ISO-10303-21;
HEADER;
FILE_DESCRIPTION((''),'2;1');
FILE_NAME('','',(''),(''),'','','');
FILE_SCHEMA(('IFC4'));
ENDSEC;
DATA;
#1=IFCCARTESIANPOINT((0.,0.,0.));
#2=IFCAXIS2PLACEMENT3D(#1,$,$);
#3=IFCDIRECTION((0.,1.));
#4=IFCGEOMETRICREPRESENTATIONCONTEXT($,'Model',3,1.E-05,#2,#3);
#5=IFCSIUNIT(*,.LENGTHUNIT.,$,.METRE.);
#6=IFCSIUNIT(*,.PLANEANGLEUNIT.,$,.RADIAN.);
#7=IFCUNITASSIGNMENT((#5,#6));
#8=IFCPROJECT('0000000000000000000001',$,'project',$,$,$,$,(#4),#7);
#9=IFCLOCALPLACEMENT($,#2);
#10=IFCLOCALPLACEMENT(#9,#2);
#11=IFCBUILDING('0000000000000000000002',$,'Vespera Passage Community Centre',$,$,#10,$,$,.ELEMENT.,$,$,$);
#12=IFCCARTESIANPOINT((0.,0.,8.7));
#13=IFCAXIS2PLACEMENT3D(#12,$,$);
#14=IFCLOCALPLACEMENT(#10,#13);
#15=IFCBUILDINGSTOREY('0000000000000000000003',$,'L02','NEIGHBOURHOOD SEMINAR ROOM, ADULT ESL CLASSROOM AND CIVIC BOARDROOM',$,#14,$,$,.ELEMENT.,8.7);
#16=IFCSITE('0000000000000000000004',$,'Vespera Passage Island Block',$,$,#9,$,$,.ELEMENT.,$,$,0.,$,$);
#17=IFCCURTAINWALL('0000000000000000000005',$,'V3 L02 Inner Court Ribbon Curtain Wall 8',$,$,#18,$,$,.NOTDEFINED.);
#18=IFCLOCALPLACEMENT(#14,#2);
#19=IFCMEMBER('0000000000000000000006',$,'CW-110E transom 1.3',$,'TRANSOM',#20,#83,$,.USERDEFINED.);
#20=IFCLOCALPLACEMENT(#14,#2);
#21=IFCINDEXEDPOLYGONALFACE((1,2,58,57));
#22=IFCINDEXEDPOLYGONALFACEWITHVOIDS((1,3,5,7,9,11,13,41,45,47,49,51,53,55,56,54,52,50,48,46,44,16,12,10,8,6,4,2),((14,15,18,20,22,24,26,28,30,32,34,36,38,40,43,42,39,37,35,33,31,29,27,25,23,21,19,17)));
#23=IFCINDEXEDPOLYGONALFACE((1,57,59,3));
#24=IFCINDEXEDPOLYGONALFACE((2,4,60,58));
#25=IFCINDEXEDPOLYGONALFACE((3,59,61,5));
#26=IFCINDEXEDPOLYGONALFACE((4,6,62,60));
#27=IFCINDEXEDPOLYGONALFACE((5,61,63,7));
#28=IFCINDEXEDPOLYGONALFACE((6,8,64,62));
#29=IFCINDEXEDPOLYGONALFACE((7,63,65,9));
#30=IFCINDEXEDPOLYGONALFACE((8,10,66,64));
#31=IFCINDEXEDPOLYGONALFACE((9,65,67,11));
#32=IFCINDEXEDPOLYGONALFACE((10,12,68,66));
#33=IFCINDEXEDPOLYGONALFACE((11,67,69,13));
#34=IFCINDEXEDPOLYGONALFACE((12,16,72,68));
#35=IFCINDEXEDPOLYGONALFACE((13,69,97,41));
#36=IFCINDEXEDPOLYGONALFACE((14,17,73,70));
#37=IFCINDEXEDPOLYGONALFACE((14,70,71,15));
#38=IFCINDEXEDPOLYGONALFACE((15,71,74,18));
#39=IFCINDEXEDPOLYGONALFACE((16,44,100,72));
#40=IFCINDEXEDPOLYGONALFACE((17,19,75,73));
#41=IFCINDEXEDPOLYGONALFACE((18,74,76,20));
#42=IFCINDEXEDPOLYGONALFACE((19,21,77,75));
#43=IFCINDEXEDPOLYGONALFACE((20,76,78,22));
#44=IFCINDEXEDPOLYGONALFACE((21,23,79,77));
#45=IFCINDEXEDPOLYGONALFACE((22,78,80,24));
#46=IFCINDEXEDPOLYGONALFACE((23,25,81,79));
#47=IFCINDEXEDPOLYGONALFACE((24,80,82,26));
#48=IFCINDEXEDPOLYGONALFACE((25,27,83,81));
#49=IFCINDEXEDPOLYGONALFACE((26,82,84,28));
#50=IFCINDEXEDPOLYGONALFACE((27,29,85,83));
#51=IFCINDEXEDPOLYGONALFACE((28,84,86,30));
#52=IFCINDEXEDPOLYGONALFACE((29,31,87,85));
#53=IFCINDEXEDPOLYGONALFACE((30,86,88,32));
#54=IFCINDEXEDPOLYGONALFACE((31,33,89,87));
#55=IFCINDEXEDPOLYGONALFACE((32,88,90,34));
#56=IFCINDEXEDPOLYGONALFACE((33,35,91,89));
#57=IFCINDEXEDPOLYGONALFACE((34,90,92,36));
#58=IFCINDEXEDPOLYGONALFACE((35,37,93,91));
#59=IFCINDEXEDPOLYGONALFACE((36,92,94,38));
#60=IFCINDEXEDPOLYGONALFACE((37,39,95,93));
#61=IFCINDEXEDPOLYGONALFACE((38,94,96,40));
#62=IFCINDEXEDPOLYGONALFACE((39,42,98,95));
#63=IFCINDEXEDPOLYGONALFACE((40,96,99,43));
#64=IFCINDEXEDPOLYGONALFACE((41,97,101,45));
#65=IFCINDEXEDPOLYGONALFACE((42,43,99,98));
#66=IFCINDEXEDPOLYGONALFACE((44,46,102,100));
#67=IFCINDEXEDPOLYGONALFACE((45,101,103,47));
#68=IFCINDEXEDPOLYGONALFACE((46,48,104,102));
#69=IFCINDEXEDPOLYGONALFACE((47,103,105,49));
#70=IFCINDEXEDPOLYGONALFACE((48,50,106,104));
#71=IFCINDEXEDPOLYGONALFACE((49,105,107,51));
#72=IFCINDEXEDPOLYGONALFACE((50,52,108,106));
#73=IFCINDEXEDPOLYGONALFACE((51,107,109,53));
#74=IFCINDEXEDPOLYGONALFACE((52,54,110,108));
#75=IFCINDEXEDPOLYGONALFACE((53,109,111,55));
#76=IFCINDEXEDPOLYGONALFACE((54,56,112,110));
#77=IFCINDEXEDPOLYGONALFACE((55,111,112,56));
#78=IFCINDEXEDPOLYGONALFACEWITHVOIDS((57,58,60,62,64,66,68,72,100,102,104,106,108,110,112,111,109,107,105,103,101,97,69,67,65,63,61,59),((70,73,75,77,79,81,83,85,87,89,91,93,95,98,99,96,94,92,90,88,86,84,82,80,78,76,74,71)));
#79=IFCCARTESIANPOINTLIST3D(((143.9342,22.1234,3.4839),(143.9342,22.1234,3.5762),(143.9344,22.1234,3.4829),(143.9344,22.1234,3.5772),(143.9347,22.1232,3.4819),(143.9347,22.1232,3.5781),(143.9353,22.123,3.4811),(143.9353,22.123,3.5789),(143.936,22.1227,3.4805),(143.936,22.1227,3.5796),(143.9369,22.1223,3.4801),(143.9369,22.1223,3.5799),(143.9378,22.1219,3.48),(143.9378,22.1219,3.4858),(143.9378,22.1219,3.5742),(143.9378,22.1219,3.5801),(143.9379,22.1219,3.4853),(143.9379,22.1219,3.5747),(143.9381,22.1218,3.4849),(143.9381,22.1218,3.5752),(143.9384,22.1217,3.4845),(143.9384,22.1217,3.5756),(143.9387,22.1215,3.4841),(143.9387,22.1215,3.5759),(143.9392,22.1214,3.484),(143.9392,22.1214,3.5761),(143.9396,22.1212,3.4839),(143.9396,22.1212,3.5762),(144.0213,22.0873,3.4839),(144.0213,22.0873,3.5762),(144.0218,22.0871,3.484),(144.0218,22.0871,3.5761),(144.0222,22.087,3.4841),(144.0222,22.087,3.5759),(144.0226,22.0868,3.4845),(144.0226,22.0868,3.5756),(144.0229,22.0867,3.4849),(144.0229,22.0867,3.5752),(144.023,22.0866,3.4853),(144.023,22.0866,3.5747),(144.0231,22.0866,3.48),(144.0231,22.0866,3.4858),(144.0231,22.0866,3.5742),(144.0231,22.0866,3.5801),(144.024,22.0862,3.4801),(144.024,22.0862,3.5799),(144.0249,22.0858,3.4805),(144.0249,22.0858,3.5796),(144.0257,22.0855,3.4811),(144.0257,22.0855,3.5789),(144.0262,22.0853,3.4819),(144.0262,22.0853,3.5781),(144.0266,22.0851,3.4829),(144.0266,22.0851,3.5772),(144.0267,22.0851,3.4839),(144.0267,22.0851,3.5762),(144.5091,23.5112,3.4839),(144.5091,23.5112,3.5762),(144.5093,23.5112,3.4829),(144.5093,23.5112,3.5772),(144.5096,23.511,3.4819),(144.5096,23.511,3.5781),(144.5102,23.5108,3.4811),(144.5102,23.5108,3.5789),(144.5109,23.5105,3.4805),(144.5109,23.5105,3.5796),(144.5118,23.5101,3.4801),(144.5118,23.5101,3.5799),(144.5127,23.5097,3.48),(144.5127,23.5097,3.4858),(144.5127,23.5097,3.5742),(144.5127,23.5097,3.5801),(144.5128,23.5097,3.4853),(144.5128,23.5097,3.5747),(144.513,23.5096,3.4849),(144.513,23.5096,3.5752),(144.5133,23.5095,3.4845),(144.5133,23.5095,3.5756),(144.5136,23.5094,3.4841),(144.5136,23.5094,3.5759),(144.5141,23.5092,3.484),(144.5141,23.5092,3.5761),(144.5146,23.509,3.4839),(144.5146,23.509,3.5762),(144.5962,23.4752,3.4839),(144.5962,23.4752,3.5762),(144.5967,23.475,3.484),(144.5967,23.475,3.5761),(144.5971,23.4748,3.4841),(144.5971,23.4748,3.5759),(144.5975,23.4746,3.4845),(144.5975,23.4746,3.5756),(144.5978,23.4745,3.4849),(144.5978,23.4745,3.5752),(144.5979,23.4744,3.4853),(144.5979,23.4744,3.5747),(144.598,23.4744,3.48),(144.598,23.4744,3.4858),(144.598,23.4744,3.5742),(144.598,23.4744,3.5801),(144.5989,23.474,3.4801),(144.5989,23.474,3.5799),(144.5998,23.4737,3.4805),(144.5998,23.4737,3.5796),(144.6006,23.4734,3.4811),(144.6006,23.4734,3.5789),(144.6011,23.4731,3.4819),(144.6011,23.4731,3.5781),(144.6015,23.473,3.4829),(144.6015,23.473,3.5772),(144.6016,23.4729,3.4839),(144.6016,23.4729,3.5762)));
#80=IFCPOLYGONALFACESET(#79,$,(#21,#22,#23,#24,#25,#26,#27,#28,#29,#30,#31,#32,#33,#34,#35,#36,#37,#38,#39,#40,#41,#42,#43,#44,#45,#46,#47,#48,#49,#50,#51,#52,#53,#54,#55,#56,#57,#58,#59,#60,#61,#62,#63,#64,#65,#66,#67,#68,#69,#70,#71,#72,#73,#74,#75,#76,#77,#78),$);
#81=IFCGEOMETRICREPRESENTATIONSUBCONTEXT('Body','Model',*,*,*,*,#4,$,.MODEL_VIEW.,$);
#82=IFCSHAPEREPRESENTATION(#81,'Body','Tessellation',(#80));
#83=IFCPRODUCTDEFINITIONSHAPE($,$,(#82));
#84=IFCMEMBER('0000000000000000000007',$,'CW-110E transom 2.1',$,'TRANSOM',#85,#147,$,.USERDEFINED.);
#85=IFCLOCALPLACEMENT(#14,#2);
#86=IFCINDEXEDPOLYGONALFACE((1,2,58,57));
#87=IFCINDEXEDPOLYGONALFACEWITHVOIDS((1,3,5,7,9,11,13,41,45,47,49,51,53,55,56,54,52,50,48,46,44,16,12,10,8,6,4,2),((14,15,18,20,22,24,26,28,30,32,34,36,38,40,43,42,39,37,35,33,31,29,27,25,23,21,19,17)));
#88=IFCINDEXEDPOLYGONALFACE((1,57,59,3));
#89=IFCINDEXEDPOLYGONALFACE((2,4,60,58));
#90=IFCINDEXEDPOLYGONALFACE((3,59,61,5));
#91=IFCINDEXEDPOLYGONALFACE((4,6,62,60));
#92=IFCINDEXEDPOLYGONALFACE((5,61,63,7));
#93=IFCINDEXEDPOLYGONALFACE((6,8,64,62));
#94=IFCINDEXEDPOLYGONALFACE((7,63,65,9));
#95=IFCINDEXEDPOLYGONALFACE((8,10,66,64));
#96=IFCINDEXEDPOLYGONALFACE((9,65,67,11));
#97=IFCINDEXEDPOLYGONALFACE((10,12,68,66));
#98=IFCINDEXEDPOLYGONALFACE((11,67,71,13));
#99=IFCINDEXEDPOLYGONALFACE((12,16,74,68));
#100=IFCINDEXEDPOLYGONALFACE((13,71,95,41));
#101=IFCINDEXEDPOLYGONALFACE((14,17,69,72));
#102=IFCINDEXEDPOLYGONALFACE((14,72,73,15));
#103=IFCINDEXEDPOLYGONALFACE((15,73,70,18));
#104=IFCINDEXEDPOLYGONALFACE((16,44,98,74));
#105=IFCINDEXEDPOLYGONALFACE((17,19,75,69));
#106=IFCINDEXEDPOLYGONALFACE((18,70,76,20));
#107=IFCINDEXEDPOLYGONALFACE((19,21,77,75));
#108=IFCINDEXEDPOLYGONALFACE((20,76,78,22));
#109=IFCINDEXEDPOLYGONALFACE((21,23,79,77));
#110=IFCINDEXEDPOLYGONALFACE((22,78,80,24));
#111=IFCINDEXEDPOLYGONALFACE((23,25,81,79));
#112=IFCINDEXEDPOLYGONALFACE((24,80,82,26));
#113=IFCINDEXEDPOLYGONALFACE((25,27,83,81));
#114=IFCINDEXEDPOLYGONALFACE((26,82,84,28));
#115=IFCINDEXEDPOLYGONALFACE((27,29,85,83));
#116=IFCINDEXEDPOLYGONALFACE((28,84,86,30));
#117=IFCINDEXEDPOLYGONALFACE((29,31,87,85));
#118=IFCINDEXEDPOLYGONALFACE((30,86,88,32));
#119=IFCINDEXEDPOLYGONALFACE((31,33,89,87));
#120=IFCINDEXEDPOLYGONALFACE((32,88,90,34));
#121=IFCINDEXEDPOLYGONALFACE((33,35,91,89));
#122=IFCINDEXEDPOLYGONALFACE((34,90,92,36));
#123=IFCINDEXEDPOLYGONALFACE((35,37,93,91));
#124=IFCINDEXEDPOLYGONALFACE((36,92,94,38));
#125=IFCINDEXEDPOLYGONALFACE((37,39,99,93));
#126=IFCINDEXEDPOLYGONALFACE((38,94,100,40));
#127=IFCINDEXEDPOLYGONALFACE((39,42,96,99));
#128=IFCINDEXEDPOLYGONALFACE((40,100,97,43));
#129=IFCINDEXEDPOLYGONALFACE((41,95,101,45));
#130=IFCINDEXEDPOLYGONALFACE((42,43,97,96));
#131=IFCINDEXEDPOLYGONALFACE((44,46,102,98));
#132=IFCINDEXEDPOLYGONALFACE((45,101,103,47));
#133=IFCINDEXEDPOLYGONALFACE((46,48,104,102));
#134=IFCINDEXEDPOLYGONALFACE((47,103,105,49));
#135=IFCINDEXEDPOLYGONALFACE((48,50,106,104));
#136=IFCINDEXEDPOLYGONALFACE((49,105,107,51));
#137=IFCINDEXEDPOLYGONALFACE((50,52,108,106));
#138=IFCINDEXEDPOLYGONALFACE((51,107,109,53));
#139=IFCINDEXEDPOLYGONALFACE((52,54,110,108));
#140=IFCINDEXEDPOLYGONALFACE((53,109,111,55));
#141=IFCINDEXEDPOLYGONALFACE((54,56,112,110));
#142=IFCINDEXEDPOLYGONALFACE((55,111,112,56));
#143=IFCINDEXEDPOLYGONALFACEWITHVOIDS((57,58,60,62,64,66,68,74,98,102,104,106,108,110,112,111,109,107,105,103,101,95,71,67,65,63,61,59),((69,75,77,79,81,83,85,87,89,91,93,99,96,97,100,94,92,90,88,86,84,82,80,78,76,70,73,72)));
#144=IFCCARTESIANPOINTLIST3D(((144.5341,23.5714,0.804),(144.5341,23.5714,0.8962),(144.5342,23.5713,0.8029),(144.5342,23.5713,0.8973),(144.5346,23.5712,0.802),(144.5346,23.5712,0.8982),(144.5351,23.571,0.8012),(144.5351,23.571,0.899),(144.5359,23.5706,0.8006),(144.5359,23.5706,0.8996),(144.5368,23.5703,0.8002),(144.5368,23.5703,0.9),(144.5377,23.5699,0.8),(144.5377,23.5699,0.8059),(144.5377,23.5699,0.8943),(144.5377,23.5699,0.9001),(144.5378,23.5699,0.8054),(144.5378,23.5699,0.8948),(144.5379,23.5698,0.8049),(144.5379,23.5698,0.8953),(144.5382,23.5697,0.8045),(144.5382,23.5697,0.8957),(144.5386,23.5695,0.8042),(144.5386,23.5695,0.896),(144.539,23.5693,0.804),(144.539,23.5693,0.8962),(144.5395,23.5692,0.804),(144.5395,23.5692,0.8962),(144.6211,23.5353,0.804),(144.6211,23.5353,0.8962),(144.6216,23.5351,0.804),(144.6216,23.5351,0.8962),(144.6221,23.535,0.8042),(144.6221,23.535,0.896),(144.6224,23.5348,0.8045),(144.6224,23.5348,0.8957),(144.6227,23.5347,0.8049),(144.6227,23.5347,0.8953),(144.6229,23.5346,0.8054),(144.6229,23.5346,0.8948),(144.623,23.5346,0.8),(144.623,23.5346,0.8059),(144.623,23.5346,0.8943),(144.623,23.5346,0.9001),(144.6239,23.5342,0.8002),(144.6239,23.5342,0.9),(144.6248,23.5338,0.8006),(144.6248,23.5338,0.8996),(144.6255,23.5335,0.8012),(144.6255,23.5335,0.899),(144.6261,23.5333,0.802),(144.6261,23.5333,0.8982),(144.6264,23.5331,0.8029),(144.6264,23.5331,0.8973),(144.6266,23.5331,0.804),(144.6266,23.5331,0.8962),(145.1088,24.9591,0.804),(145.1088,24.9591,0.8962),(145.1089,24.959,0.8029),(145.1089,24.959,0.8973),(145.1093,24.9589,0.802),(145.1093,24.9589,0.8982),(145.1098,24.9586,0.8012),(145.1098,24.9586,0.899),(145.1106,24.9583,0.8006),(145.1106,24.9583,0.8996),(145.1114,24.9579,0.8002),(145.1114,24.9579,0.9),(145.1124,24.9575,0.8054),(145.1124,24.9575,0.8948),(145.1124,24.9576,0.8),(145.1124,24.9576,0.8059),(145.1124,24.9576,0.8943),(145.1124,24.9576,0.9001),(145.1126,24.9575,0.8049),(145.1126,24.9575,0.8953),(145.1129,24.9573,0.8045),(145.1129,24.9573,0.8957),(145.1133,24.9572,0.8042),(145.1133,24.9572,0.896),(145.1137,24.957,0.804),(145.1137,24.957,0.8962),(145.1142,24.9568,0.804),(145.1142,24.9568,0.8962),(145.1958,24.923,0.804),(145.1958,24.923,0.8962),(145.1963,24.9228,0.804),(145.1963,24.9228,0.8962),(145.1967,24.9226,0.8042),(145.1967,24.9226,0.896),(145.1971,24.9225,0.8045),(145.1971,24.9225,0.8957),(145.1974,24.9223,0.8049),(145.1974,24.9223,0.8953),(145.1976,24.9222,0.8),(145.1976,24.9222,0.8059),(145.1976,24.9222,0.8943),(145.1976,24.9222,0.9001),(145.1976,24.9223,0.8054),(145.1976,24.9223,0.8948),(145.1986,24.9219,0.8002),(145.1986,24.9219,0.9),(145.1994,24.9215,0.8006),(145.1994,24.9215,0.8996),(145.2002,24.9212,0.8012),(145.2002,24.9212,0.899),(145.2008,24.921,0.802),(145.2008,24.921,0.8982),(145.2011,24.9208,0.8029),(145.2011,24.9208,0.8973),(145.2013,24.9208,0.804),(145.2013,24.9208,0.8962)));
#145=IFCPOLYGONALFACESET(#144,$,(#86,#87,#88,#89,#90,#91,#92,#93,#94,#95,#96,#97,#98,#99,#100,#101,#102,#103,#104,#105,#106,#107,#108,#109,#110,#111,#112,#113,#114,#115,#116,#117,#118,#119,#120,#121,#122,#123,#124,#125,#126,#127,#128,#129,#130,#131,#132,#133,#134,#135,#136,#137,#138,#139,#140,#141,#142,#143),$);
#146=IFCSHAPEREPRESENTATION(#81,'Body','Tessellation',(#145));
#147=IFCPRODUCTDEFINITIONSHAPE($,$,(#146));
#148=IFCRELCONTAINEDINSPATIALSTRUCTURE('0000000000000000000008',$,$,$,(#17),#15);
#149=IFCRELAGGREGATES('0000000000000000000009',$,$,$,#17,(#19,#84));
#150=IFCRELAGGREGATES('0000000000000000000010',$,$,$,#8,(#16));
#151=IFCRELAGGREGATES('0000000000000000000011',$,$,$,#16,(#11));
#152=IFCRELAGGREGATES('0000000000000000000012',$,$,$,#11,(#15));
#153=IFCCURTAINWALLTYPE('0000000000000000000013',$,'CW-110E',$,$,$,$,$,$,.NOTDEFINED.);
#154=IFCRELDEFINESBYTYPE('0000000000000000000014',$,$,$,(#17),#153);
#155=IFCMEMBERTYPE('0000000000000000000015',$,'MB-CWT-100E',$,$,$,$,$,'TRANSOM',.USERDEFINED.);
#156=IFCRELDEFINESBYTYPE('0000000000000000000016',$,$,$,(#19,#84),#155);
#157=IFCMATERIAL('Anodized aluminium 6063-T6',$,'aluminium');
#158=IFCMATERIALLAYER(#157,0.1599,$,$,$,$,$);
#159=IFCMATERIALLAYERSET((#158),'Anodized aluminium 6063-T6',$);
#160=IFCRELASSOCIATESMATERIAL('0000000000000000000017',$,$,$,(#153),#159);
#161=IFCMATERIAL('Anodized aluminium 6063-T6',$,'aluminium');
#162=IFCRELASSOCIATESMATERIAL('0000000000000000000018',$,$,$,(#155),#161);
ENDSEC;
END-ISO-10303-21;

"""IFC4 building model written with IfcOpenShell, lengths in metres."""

from ifc_helpers import new_model, si_unit, direction, frame, origin, origin_2d, place, context, subcontext, project, spatial, hollow_rectangle, extrude, material, layer, layer_set, material_profile, profile_set, type_object, element, aggregate, save


model = new_model("IFC4")

# Units and contexts
model_context = context("Model", 3, precision=1e-05, world=origin(), true_north=direction((0.0, 1.0)))
body_context = subcontext(model_context, "Body", "Model", "MODEL_VIEW")
ifc_project = project(units=[si_unit("LENGTHUNIT", "METRE"), si_unit("PLANEANGLEUNIT", "RADIAN")], contexts=[model_context])

# Site, building, storey
site_placement = place(None, origin())
site = spatial("IfcSite", under=ifc_project, at=site_placement, Name="Vespera Passage Island Block", CompositionType="ELEMENT", RefElevation=0.0)
building_placement = place(site_placement, origin())
building = spatial("IfcBuilding", under=site, at=building_placement, Name="Vespera Passage Community Centre", CompositionType="ELEMENT")
storey_placement = place(building_placement, frame((0.0, 0.0, 8.7)))
storey = spatial("IfcBuildingStorey", under=building, at=storey_placement, Name="L02", Description="NEIGHBOURHOOD SEMINAR ROOM, ADULT ESL CLASSROOM AND CIVIC BOARDROOM", CompositionType="ELEMENT", Elevation=8.7)

# Shared definitions
ifc_material_1 = material(Name="Anodized aluminium 6063-T6", Category="aluminium")
ifc_layer_1 = layer(ifc_material_1, 0.1599)
ifc_layer_set_1 = layer_set([ifc_layer_1], Name="Anodized aluminium 6063-T6")
curtain_wall_type = type_object("IfcCurtainWallType", Name="CW-110E", PredefinedType="NOTDEFINED", material=ifc_layer_set_1)

# Curtain wall
curtain_wall_1_placement = place(storey_placement, origin())
curtain_wall_1 = element("IfcCurtainWall", 1, at=curtain_wall_1_placement, inside=storey, type_object=curtain_wall_type, Name="V3 L02 Inner Court Ribbon Curtain Wall 8", PredefinedType="NOTDEFINED")

# Members
ifc_material_2 = material(Name="Anodized aluminium 6063-T6", Category="aluminium")
ifc_material_profile_1 = material_profile(ifc_material_2, hollow_rectangle(XDim=0.1001, YDim=0.1001, WallThickness=0.0039, InnerFilletRadius=0.002, OuterFilletRadius=0.0039, at=origin_2d()), Name="ALU100X100X4")
ifc_profile_set_1 = profile_set([ifc_material_profile_1], Name="Anodized aluminium 6063-T6")
member_type_1 = type_object("IfcMemberType", Name="MB-CWT-100E", ElementType="TRANSOM", PredefinedType="USERDEFINED", material=ifc_profile_set_1)
member_1_placement = place(storey_placement, frame((143.9805, 22.1042, 3.53), z_axis=(0.382711, 0.923868, 0.0), x_axis=(-0.923868, 0.382711, 0.0)))
member_1 = element("IfcMember", 2, at=member_1_placement, type_object=member_type_1, Name="CW-110E transom 1.3", ObjectType="TRANSOM", PredefinedType="USERDEFINED", context=body_context, shape_type="SweptSolid", body=[
    extrude(hollow_rectangle(XDim=0.1001, YDim=0.1001, WallThickness=0.0039, InnerFilletRadius=0.002, OuterFilletRadius=0.0039, at=origin_2d()), origin(), (0.0, 0.0, 1.0), 1.5022),
])
member_2_placement = place(storey_placement, frame((144.5803, 23.5522, 0.8501), z_axis=(0.382629, 0.923902, 0.0), x_axis=(-0.923902, 0.382629, 0.0)))
member_2 = element("IfcMember", 3, at=member_2_placement, type_object=member_type_1, Name="CW-110E transom 2.1", ObjectType="TRANSOM", PredefinedType="USERDEFINED", context=body_context, shape_type="SweptSolid", body=[
    extrude(hollow_rectangle(XDim=0.1001, YDim=0.1001, WallThickness=0.0039, InnerFilletRadius=0.002, OuterFilletRadius=0.0039, at=origin_2d()), origin(), (0.0, 0.0, 1.0), 1.502),
])

aggregate(curtain_wall_1, [member_1, member_2])

save(model, "model.ifc")
